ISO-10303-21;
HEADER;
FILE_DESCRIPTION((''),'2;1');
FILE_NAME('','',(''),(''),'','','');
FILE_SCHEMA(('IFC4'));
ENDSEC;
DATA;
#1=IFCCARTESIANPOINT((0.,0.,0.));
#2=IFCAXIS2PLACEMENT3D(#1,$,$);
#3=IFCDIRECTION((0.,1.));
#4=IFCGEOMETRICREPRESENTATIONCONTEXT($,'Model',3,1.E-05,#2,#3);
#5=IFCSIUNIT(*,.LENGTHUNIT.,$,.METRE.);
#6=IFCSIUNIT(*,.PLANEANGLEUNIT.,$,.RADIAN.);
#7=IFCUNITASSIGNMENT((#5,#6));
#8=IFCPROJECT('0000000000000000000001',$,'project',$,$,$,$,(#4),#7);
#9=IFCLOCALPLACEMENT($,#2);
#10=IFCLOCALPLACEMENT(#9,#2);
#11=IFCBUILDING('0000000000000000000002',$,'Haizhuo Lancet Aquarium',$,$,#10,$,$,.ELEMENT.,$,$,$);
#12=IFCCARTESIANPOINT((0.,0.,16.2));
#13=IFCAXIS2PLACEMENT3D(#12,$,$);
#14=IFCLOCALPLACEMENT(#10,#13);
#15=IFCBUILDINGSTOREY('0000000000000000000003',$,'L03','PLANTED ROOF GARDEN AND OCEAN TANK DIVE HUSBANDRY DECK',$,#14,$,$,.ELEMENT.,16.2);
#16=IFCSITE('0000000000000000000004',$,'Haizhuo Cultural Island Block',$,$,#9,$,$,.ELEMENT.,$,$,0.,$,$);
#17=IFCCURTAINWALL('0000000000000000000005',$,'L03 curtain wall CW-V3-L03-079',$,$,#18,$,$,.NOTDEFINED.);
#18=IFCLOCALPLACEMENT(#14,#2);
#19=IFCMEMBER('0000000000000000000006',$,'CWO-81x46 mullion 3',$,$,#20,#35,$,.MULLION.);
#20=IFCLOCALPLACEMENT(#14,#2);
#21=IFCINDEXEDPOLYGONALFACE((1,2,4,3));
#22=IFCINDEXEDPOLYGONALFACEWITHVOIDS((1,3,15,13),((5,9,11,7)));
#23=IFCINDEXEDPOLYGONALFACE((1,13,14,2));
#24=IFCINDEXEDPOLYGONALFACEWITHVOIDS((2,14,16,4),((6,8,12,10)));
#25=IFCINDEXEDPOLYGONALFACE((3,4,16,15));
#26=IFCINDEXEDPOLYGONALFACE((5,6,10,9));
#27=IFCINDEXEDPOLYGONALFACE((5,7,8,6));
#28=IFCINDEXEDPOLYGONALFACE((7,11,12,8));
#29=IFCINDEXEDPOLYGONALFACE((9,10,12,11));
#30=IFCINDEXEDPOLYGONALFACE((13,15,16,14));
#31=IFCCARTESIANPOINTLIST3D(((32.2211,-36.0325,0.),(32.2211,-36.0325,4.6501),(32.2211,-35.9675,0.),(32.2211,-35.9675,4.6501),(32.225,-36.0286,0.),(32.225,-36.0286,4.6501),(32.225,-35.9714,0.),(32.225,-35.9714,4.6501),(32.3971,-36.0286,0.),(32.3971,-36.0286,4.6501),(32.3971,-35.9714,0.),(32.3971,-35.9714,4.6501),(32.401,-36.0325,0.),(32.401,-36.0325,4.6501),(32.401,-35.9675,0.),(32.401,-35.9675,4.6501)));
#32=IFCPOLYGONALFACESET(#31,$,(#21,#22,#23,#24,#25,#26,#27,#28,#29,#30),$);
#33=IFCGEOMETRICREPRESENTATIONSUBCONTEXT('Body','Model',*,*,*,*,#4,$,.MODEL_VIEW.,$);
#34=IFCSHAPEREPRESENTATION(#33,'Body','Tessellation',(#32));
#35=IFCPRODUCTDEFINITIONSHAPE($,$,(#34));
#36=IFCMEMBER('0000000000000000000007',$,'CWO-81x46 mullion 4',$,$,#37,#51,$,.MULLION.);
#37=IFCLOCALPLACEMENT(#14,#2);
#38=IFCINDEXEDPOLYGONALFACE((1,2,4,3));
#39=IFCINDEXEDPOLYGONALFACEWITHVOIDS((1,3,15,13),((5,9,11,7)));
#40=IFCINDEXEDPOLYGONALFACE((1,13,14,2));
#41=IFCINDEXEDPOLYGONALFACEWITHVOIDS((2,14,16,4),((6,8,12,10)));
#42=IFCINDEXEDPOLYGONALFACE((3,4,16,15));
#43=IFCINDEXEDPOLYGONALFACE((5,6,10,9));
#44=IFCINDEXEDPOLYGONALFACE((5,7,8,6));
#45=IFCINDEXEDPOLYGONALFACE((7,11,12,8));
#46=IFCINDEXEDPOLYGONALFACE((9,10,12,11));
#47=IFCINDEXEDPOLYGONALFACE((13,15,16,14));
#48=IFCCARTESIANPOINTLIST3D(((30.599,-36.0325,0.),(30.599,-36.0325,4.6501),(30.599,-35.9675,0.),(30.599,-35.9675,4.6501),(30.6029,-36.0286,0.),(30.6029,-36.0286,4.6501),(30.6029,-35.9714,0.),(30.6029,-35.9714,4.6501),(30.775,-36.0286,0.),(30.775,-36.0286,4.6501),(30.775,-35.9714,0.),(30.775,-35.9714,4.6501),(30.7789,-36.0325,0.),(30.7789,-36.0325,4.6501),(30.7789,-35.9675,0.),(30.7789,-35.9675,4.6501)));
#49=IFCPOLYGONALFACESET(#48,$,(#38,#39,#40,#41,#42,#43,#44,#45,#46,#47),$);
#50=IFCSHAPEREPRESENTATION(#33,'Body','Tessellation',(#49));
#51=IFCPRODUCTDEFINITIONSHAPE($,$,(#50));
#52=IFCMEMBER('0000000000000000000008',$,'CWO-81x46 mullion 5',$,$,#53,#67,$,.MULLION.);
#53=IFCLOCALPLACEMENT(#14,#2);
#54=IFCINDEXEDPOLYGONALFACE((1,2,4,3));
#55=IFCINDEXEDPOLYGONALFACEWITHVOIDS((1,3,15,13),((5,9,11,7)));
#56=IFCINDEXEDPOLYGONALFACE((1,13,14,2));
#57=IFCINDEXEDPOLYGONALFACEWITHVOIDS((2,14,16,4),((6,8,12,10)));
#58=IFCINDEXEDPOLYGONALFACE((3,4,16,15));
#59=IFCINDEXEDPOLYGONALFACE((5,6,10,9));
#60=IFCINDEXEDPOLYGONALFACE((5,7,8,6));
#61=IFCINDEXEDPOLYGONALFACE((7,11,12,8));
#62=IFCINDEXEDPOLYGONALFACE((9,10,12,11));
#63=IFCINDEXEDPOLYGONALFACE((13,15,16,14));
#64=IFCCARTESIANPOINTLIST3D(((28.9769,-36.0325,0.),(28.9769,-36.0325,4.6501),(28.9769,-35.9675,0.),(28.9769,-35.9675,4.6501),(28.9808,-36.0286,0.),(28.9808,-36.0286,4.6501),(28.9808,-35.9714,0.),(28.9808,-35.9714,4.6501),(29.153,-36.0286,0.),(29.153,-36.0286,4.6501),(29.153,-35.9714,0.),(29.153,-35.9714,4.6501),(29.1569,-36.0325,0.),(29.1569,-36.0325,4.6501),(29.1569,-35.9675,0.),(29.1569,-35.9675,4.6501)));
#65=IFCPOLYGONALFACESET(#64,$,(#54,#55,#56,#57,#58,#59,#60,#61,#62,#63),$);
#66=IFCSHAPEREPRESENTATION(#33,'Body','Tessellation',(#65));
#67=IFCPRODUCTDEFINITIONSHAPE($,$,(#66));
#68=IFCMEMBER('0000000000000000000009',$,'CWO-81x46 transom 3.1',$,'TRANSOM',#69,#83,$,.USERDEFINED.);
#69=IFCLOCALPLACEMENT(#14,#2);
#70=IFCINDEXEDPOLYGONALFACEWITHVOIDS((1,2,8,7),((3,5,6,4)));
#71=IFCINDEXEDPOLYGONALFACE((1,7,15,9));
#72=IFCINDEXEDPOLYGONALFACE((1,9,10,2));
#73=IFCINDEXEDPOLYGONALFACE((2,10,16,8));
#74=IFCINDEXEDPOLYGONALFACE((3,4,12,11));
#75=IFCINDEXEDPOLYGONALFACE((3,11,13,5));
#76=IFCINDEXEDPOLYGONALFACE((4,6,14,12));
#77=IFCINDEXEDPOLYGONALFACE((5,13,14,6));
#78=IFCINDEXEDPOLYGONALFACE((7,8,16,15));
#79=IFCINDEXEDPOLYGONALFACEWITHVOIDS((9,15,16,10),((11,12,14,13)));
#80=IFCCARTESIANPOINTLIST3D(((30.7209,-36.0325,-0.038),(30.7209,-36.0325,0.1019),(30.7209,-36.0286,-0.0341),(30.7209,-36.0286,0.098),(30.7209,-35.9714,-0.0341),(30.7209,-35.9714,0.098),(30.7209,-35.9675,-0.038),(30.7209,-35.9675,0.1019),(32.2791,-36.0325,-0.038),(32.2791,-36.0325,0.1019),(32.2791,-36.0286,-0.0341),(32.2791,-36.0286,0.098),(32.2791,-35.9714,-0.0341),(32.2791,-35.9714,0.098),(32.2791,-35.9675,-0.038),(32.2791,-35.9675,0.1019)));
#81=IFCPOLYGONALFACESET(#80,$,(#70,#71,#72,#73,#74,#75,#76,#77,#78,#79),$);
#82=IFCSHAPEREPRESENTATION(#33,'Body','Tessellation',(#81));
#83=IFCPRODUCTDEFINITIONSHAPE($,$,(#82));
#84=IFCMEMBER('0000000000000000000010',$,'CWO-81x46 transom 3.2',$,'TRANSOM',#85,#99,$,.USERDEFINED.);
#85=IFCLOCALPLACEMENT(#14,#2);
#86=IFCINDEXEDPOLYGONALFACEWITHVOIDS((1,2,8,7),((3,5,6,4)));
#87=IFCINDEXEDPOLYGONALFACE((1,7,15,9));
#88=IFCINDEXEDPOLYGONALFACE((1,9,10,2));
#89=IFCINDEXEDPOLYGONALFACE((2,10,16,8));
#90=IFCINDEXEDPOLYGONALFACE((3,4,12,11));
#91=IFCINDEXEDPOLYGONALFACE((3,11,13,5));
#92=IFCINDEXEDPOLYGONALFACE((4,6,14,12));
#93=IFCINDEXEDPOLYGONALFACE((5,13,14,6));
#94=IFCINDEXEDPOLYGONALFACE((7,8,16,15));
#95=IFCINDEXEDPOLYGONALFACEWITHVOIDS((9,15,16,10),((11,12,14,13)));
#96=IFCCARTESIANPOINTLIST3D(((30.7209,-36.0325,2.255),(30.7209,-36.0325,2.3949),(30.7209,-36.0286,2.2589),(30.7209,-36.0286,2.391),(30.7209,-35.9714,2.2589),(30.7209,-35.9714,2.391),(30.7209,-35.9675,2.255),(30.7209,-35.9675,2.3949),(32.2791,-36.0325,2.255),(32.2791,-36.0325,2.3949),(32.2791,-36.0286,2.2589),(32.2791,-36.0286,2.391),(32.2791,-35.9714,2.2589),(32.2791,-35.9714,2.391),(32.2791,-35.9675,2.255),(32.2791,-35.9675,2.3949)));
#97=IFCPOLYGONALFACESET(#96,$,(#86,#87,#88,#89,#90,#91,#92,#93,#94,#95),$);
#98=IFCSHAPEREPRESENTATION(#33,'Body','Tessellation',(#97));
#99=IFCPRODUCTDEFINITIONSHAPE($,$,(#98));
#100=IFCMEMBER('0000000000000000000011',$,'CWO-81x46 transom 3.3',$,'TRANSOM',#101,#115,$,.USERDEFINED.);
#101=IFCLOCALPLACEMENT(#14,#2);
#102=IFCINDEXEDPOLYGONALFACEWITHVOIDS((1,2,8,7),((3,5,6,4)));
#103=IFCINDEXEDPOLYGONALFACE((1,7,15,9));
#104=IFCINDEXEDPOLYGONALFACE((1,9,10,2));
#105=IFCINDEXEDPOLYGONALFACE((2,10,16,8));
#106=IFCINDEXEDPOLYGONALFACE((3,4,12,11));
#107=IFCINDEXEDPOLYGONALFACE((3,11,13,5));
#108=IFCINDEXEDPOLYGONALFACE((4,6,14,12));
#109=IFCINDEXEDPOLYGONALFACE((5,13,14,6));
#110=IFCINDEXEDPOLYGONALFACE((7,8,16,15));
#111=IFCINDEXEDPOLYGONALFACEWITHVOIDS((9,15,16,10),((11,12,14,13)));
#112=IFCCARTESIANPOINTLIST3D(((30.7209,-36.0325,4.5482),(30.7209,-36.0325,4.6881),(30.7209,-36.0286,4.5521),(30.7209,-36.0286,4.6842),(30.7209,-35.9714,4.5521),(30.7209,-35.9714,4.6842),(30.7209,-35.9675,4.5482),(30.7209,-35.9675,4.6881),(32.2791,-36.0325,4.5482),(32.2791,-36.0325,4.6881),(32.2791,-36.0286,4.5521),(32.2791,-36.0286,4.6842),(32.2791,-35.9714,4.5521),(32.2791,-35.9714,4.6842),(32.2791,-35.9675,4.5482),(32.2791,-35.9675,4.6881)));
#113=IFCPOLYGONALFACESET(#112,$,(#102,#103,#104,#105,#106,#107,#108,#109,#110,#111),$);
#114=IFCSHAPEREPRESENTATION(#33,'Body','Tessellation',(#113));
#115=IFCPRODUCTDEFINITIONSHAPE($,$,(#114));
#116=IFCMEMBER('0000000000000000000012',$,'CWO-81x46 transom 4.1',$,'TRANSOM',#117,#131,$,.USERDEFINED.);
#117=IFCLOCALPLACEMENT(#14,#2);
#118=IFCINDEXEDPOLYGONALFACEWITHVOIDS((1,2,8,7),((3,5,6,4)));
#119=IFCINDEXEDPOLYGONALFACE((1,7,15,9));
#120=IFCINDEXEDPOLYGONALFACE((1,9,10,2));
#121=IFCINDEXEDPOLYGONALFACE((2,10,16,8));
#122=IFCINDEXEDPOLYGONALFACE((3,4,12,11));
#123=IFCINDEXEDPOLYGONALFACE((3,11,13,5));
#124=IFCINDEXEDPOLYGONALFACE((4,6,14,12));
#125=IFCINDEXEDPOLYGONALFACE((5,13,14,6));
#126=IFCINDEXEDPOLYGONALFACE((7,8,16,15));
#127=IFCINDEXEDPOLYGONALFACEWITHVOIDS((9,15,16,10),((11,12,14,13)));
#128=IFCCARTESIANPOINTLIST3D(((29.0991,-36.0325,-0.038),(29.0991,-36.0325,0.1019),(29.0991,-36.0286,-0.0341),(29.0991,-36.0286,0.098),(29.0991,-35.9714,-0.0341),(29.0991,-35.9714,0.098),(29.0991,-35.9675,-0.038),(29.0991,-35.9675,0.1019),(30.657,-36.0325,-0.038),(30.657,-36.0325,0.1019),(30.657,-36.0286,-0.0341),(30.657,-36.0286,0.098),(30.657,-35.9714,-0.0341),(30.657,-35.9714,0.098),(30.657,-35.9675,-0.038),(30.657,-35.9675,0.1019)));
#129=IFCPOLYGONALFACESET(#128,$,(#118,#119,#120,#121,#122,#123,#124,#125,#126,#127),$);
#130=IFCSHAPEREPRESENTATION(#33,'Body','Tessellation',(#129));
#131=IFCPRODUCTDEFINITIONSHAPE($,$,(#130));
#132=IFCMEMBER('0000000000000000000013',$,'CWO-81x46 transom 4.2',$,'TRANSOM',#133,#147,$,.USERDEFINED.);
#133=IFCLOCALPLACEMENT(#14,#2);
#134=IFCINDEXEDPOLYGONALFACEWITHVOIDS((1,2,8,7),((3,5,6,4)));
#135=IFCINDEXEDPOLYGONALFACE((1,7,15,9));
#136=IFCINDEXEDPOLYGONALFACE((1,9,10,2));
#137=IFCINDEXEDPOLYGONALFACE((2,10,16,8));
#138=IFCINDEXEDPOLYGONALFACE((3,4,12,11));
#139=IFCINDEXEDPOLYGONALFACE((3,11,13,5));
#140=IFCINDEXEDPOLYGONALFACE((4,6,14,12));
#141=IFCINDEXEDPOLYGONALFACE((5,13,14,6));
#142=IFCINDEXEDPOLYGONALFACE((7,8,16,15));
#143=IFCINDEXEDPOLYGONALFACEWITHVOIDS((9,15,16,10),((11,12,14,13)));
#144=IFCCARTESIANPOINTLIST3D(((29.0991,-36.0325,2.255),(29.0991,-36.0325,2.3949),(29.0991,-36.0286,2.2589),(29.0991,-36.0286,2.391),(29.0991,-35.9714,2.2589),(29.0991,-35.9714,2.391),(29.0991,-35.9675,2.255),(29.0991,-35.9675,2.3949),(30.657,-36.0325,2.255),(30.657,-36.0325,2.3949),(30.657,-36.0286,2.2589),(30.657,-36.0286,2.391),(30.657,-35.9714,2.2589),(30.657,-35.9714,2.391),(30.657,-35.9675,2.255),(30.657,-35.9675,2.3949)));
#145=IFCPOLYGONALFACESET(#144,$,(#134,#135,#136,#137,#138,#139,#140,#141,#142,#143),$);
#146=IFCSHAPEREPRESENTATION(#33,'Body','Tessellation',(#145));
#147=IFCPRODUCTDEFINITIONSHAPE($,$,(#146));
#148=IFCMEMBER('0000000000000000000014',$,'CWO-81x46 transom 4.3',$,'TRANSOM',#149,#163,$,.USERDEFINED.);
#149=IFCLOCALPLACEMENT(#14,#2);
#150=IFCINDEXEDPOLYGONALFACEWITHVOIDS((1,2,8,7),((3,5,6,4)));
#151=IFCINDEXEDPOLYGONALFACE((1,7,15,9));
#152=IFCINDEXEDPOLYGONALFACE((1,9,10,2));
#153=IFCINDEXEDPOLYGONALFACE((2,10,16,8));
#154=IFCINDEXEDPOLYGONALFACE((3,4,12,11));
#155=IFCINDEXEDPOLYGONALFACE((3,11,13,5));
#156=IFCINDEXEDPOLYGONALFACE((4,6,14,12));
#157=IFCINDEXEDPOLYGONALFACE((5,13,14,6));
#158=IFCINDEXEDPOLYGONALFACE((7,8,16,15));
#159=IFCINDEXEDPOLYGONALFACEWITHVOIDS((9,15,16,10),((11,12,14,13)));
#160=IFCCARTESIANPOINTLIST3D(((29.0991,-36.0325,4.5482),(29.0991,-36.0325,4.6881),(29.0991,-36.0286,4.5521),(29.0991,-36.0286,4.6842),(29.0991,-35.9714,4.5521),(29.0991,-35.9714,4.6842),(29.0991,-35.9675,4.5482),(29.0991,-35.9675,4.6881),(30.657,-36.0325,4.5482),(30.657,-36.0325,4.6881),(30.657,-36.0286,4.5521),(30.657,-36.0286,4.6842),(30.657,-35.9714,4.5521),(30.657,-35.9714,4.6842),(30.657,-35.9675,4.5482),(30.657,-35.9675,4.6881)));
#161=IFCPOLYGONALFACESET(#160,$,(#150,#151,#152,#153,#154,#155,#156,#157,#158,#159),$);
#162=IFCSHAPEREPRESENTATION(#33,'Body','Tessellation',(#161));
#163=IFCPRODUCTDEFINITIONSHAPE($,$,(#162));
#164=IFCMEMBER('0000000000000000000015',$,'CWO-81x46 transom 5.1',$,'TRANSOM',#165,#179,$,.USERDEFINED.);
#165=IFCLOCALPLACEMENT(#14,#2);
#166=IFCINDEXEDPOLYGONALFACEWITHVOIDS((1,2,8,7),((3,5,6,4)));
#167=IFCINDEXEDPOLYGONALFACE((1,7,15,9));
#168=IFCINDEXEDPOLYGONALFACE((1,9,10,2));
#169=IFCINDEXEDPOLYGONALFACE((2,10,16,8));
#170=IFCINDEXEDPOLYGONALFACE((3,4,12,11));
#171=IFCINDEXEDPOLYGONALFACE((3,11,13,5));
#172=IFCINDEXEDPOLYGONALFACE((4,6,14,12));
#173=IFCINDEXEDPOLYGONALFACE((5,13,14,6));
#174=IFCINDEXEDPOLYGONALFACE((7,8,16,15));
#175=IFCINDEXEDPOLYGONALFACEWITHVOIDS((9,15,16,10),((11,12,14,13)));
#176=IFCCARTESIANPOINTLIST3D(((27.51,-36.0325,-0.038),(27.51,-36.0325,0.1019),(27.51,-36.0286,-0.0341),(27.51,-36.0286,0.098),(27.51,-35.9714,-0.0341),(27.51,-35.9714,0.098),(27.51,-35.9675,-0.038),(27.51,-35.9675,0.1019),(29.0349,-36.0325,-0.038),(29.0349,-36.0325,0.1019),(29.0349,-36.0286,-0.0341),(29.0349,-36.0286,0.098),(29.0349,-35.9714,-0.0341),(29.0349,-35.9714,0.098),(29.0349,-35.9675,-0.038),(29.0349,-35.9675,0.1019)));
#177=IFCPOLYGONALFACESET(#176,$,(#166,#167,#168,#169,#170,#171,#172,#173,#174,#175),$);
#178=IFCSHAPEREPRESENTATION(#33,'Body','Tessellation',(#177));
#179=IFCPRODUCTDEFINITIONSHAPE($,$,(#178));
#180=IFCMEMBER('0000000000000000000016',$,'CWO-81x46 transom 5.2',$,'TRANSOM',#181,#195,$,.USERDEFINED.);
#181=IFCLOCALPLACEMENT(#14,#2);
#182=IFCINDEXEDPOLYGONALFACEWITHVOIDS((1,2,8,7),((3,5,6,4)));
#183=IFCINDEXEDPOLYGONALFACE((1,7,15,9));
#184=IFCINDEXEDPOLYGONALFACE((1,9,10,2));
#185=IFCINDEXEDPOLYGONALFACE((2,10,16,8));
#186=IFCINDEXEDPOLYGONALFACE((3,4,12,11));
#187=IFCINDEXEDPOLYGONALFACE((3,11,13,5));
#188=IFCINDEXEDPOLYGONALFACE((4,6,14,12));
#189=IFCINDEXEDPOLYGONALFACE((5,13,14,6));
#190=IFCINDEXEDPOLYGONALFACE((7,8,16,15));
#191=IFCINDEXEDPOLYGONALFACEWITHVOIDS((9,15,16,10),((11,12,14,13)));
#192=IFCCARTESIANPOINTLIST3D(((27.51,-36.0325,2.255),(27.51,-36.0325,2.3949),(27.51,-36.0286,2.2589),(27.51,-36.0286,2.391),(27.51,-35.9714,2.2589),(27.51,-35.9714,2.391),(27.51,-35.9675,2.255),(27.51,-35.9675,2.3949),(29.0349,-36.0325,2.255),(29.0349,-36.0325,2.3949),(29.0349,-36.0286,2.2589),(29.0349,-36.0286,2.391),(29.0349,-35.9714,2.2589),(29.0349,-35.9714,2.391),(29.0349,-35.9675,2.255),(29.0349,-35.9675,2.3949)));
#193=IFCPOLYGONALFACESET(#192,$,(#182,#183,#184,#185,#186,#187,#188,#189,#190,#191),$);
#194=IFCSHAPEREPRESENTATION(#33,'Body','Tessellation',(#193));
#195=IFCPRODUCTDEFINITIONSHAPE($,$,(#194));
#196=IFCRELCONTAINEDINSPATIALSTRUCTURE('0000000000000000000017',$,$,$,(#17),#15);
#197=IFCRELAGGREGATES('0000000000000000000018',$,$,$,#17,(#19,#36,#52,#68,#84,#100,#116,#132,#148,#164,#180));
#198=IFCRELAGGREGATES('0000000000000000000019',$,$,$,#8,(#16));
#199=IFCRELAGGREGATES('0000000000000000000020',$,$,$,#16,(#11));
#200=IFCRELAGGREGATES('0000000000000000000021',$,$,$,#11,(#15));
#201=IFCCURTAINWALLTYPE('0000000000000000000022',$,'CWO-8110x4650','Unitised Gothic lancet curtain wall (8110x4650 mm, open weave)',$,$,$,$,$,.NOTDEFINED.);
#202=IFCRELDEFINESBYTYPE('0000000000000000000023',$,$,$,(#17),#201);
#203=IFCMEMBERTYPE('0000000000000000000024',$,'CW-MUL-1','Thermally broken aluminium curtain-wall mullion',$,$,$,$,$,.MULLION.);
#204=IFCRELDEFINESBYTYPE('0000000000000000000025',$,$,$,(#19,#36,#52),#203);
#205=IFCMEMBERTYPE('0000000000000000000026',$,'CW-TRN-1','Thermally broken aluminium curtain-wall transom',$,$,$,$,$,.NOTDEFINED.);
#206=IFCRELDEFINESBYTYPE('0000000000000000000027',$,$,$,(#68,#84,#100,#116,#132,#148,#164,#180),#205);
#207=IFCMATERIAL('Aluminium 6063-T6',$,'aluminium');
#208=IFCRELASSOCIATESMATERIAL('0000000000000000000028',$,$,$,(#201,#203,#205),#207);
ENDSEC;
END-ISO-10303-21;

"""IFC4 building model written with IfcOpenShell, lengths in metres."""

from ifc_helpers import new_model, si_unit, direction, frame, origin, origin_2d, place, context, subcontext, project, spatial, hollow_rectangle, extrude, material, material_profile, profile_set, type_object, element, aggregate, save


model = new_model("IFC4")

# Units and contexts
model_context = context("Model", 3, precision=1e-05, world=origin(), true_north=direction((0.0, 1.0)))
body_context = subcontext(model_context, "Body", "Model", "MODEL_VIEW")
ifc_project = project(units=[si_unit("LENGTHUNIT", "METRE"), si_unit("PLANEANGLEUNIT", "RADIAN")], contexts=[model_context])

# Site, building, storey
site_placement = place(None, origin())
site = spatial("IfcSite", under=ifc_project, at=site_placement, Name="Haizhuo Cultural Island Block", CompositionType="ELEMENT", RefElevation=0.0)
building_placement = place(site_placement, origin())
building = spatial("IfcBuilding", under=site, at=building_placement, Name="Haizhuo Lancet Aquarium", CompositionType="ELEMENT")
storey_placement = place(building_placement, frame((0.0, 0.0, 16.2)))
storey = spatial("IfcBuildingStorey", under=building, at=storey_placement, Name="L03", Description="PLANTED ROOF GARDEN AND OCEAN TANK DIVE HUSBANDRY DECK", CompositionType="ELEMENT", Elevation=16.2)

# Curtain wall, members
ifc_material_1 = material(Name="Aluminium 6063-T6", Category="aluminium")
curtain_wall_type = type_object("IfcCurtainWallType", Name="CWO-8110x4650", Description="Unitised Gothic lancet curtain wall (8110x4650 mm, open weave)", PredefinedType="NOTDEFINED", material=ifc_material_1)
curtain_wall_placement = place(storey_placement, origin())
curtain_wall = element("IfcCurtainWall", 1, at=curtain_wall_placement, inside=storey, type_object=curtain_wall_type, Name="L03 curtain wall CW-V3-L03-079", PredefinedType="NOTDEFINED")
ifc_material_profile_1 = material_profile(ifc_material_1, hollow_rectangle(XDim=0.0649, YDim=0.1799, WallThickness=0.0039, at=origin_2d()), Name="ALU-M 65x180x4")
ifc_profile_set_1 = profile_set([ifc_material_profile_1], Name="Aluminium 6063-T6")
member_type_1 = type_object("IfcMemberType", Name="CW-MUL-1", Description="Thermally broken aluminium curtain-wall mullion", PredefinedType="MULLION", material=ifc_profile_set_1)
member_1_placement = place(storey_placement, frame((32.311, -36.0, 0.0), z_axis=(0.0, 0.0, 1.0), x_axis=(0.0, -1.0, 0.0)))
member_1 = element("IfcMember", 2, at=member_1_placement, type_object=member_type_1, Name="CWO-81x46 mullion 3", PredefinedType="MULLION", context=body_context, shape_type="SweptSolid", body=[
    extrude(hollow_rectangle(XDim=0.0649, YDim=0.1799, WallThickness=0.0039, at=origin_2d()), origin(), (0.0, 0.0, 1.0), 4.6501),
])
member_2_placement = place(storey_placement, frame((30.689, -36.0, 0.0), z_axis=(0.0, 0.0, 1.0), x_axis=(0.0, -1.0, 0.0)))
member_2 = element("IfcMember", 3, at=member_2_placement, type_object=member_type_1, Name="CWO-81x46 mullion 4", PredefinedType="MULLION", context=body_context, shape_type="SweptSolid", body=[
    extrude(hollow_rectangle(XDim=0.0649, YDim=0.1799, WallThickness=0.0039, at=origin_2d()), origin(), (0.0, 0.0, 1.0), 4.6501),
])
member_3_placement = place(storey_placement, frame((29.0669, -36.0, 0.0), z_axis=(0.0, 0.0, 1.0), x_axis=(0.0, -1.0, 0.0)))
member_3 = element("IfcMember", 4, at=member_3_placement, type_object=member_type_1, Name="CWO-81x46 mullion 5", PredefinedType="MULLION", context=body_context, shape_type="SweptSolid", body=[
    extrude(hollow_rectangle(XDim=0.0649, YDim=0.1799, WallThickness=0.0039, at=origin_2d()), origin(), (0.0, 0.0, 1.0), 4.6501),
])
ifc_material_profile_2 = material_profile(ifc_material_1, hollow_rectangle(XDim=0.0649, YDim=0.1399, WallThickness=0.0039, at=origin_2d()), Name="ALU-T 65x140x4")
ifc_profile_set_2 = profile_set([ifc_material_profile_2], Name="Aluminium 6063-T6")
member_type_2 = type_object("IfcMemberType", Name="CW-TRN-1", Description="Thermally broken aluminium curtain-wall transom", PredefinedType="NOTDEFINED", material=ifc_profile_set_2)
member_4_placement = place(storey_placement, frame((32.2791, -36.0, 0.032), z_axis=(-1.0, 0.0, 0.0), x_axis=(0.0, -1.0, 0.0)))
member_4 = element("IfcMember", 5, at=member_4_placement, type_object=member_type_2, Name="CWO-81x46 transom 3.1", ObjectType="TRANSOM", PredefinedType="USERDEFINED", context=body_context, shape_type="SweptSolid", body=[
    extrude(hollow_rectangle(XDim=0.0649, YDim=0.1399, WallThickness=0.0039, at=origin_2d()), origin(), (0.0, 0.0, 1.0), 1.5581),
])
member_5_placement = place(storey_placement, frame((32.2791, -36.0, 2.325), z_axis=(-1.0, 0.0, 0.0), x_axis=(0.0, -1.0, 0.0)))
member_5 = element("IfcMember", 6, at=member_5_placement, type_object=member_type_2, Name="CWO-81x46 transom 3.2", ObjectType="TRANSOM", PredefinedType="USERDEFINED", context=body_context, shape_type="SweptSolid", body=[
    extrude(hollow_rectangle(XDim=0.0649, YDim=0.1399, WallThickness=0.0039, at=origin_2d()), origin(), (0.0, 0.0, 1.0), 1.5581),
])
member_6_placement = place(storey_placement, frame((32.2791, -36.0, 4.6182), z_axis=(-1.0, 0.0, 0.0), x_axis=(0.0, -1.0, 0.0)))
member_6 = element("IfcMember", 7, at=member_6_placement, type_object=member_type_2, Name="CWO-81x46 transom 3.3", ObjectType="TRANSOM", PredefinedType="USERDEFINED", context=body_context, shape_type="SweptSolid", body=[
    extrude(hollow_rectangle(XDim=0.0649, YDim=0.1399, WallThickness=0.0039, at=origin_2d()), origin(), (0.0, 0.0, 1.0), 1.5581),
])
member_7_placement = place(storey_placement, frame((30.657, -36.0, 0.032), z_axis=(-1.0, 0.0, 0.0), x_axis=(0.0, -1.0, 0.0)))
member_7 = element("IfcMember", 8, at=member_7_placement, type_object=member_type_2, Name="CWO-81x46 transom 4.1", ObjectType="TRANSOM", PredefinedType="USERDEFINED", context=body_context, shape_type="SweptSolid", body=[
    extrude(hollow_rectangle(XDim=0.0649, YDim=0.1399, WallThickness=0.0039, at=origin_2d()), origin(), (0.0, 0.0, 1.0), 1.5579),
])
member_8_placement = place(storey_placement, frame((30.657, -36.0, 2.325), z_axis=(-1.0, 0.0, 0.0), x_axis=(0.0, -1.0, 0.0)))
member_8 = element("IfcMember", 9, at=member_8_placement, type_object=member_type_2, Name="CWO-81x46 transom 4.2", ObjectType="TRANSOM", PredefinedType="USERDEFINED", context=body_context, shape_type="SweptSolid", body=[
    extrude(hollow_rectangle(XDim=0.0649, YDim=0.1399, WallThickness=0.0039, at=origin_2d()), origin(), (0.0, 0.0, 1.0), 1.5579),
])
member_9_placement = place(storey_placement, frame((30.657, -36.0, 4.6182), z_axis=(-1.0, 0.0, 0.0), x_axis=(0.0, -1.0, 0.0)))
member_9 = element("IfcMember", 10, at=member_9_placement, type_object=member_type_2, Name="CWO-81x46 transom 4.3", ObjectType="TRANSOM", PredefinedType="USERDEFINED", context=body_context, shape_type="SweptSolid", body=[
    extrude(hollow_rectangle(XDim=0.0649, YDim=0.1399, WallThickness=0.0039, at=origin_2d()), origin(), (0.0, 0.0, 1.0), 1.5579),
])
member_10_placement = place(storey_placement, frame((29.0349, -36.0, 0.032), z_axis=(-1.0, 0.0, 0.0), x_axis=(0.0, -1.0, 0.0)))
member_10 = element("IfcMember", 11, at=member_10_placement, type_object=member_type_2, Name="CWO-81x46 transom 5.1", ObjectType="TRANSOM", PredefinedType="USERDEFINED", context=body_context, shape_type="SweptSolid", body=[
    extrude(hollow_rectangle(XDim=0.0649, YDim=0.1399, WallThickness=0.0039, at=origin_2d()), origin(), (0.0, 0.0, 1.0), 1.5249),
])
member_11_placement = place(storey_placement, frame((29.0349, -36.0, 2.325), z_axis=(-1.0, 0.0, 0.0), x_axis=(0.0, -1.0, 0.0)))
member_11 = element("IfcMember", 12, at=member_11_placement, type_object=member_type_2, Name="CWO-81x46 transom 5.2", ObjectType="TRANSOM", PredefinedType="USERDEFINED", context=body_context, shape_type="SweptSolid", body=[
    extrude(hollow_rectangle(XDim=0.0649, YDim=0.1399, WallThickness=0.0039, at=origin_2d()), origin(), (0.0, 0.0, 1.0), 1.5249),
])

aggregate(curtain_wall, [member_1, member_2, member_3, member_4, member_5, member_6, member_7, member_8, member_9, member_10, member_11])

save(model, "model.ifc")
